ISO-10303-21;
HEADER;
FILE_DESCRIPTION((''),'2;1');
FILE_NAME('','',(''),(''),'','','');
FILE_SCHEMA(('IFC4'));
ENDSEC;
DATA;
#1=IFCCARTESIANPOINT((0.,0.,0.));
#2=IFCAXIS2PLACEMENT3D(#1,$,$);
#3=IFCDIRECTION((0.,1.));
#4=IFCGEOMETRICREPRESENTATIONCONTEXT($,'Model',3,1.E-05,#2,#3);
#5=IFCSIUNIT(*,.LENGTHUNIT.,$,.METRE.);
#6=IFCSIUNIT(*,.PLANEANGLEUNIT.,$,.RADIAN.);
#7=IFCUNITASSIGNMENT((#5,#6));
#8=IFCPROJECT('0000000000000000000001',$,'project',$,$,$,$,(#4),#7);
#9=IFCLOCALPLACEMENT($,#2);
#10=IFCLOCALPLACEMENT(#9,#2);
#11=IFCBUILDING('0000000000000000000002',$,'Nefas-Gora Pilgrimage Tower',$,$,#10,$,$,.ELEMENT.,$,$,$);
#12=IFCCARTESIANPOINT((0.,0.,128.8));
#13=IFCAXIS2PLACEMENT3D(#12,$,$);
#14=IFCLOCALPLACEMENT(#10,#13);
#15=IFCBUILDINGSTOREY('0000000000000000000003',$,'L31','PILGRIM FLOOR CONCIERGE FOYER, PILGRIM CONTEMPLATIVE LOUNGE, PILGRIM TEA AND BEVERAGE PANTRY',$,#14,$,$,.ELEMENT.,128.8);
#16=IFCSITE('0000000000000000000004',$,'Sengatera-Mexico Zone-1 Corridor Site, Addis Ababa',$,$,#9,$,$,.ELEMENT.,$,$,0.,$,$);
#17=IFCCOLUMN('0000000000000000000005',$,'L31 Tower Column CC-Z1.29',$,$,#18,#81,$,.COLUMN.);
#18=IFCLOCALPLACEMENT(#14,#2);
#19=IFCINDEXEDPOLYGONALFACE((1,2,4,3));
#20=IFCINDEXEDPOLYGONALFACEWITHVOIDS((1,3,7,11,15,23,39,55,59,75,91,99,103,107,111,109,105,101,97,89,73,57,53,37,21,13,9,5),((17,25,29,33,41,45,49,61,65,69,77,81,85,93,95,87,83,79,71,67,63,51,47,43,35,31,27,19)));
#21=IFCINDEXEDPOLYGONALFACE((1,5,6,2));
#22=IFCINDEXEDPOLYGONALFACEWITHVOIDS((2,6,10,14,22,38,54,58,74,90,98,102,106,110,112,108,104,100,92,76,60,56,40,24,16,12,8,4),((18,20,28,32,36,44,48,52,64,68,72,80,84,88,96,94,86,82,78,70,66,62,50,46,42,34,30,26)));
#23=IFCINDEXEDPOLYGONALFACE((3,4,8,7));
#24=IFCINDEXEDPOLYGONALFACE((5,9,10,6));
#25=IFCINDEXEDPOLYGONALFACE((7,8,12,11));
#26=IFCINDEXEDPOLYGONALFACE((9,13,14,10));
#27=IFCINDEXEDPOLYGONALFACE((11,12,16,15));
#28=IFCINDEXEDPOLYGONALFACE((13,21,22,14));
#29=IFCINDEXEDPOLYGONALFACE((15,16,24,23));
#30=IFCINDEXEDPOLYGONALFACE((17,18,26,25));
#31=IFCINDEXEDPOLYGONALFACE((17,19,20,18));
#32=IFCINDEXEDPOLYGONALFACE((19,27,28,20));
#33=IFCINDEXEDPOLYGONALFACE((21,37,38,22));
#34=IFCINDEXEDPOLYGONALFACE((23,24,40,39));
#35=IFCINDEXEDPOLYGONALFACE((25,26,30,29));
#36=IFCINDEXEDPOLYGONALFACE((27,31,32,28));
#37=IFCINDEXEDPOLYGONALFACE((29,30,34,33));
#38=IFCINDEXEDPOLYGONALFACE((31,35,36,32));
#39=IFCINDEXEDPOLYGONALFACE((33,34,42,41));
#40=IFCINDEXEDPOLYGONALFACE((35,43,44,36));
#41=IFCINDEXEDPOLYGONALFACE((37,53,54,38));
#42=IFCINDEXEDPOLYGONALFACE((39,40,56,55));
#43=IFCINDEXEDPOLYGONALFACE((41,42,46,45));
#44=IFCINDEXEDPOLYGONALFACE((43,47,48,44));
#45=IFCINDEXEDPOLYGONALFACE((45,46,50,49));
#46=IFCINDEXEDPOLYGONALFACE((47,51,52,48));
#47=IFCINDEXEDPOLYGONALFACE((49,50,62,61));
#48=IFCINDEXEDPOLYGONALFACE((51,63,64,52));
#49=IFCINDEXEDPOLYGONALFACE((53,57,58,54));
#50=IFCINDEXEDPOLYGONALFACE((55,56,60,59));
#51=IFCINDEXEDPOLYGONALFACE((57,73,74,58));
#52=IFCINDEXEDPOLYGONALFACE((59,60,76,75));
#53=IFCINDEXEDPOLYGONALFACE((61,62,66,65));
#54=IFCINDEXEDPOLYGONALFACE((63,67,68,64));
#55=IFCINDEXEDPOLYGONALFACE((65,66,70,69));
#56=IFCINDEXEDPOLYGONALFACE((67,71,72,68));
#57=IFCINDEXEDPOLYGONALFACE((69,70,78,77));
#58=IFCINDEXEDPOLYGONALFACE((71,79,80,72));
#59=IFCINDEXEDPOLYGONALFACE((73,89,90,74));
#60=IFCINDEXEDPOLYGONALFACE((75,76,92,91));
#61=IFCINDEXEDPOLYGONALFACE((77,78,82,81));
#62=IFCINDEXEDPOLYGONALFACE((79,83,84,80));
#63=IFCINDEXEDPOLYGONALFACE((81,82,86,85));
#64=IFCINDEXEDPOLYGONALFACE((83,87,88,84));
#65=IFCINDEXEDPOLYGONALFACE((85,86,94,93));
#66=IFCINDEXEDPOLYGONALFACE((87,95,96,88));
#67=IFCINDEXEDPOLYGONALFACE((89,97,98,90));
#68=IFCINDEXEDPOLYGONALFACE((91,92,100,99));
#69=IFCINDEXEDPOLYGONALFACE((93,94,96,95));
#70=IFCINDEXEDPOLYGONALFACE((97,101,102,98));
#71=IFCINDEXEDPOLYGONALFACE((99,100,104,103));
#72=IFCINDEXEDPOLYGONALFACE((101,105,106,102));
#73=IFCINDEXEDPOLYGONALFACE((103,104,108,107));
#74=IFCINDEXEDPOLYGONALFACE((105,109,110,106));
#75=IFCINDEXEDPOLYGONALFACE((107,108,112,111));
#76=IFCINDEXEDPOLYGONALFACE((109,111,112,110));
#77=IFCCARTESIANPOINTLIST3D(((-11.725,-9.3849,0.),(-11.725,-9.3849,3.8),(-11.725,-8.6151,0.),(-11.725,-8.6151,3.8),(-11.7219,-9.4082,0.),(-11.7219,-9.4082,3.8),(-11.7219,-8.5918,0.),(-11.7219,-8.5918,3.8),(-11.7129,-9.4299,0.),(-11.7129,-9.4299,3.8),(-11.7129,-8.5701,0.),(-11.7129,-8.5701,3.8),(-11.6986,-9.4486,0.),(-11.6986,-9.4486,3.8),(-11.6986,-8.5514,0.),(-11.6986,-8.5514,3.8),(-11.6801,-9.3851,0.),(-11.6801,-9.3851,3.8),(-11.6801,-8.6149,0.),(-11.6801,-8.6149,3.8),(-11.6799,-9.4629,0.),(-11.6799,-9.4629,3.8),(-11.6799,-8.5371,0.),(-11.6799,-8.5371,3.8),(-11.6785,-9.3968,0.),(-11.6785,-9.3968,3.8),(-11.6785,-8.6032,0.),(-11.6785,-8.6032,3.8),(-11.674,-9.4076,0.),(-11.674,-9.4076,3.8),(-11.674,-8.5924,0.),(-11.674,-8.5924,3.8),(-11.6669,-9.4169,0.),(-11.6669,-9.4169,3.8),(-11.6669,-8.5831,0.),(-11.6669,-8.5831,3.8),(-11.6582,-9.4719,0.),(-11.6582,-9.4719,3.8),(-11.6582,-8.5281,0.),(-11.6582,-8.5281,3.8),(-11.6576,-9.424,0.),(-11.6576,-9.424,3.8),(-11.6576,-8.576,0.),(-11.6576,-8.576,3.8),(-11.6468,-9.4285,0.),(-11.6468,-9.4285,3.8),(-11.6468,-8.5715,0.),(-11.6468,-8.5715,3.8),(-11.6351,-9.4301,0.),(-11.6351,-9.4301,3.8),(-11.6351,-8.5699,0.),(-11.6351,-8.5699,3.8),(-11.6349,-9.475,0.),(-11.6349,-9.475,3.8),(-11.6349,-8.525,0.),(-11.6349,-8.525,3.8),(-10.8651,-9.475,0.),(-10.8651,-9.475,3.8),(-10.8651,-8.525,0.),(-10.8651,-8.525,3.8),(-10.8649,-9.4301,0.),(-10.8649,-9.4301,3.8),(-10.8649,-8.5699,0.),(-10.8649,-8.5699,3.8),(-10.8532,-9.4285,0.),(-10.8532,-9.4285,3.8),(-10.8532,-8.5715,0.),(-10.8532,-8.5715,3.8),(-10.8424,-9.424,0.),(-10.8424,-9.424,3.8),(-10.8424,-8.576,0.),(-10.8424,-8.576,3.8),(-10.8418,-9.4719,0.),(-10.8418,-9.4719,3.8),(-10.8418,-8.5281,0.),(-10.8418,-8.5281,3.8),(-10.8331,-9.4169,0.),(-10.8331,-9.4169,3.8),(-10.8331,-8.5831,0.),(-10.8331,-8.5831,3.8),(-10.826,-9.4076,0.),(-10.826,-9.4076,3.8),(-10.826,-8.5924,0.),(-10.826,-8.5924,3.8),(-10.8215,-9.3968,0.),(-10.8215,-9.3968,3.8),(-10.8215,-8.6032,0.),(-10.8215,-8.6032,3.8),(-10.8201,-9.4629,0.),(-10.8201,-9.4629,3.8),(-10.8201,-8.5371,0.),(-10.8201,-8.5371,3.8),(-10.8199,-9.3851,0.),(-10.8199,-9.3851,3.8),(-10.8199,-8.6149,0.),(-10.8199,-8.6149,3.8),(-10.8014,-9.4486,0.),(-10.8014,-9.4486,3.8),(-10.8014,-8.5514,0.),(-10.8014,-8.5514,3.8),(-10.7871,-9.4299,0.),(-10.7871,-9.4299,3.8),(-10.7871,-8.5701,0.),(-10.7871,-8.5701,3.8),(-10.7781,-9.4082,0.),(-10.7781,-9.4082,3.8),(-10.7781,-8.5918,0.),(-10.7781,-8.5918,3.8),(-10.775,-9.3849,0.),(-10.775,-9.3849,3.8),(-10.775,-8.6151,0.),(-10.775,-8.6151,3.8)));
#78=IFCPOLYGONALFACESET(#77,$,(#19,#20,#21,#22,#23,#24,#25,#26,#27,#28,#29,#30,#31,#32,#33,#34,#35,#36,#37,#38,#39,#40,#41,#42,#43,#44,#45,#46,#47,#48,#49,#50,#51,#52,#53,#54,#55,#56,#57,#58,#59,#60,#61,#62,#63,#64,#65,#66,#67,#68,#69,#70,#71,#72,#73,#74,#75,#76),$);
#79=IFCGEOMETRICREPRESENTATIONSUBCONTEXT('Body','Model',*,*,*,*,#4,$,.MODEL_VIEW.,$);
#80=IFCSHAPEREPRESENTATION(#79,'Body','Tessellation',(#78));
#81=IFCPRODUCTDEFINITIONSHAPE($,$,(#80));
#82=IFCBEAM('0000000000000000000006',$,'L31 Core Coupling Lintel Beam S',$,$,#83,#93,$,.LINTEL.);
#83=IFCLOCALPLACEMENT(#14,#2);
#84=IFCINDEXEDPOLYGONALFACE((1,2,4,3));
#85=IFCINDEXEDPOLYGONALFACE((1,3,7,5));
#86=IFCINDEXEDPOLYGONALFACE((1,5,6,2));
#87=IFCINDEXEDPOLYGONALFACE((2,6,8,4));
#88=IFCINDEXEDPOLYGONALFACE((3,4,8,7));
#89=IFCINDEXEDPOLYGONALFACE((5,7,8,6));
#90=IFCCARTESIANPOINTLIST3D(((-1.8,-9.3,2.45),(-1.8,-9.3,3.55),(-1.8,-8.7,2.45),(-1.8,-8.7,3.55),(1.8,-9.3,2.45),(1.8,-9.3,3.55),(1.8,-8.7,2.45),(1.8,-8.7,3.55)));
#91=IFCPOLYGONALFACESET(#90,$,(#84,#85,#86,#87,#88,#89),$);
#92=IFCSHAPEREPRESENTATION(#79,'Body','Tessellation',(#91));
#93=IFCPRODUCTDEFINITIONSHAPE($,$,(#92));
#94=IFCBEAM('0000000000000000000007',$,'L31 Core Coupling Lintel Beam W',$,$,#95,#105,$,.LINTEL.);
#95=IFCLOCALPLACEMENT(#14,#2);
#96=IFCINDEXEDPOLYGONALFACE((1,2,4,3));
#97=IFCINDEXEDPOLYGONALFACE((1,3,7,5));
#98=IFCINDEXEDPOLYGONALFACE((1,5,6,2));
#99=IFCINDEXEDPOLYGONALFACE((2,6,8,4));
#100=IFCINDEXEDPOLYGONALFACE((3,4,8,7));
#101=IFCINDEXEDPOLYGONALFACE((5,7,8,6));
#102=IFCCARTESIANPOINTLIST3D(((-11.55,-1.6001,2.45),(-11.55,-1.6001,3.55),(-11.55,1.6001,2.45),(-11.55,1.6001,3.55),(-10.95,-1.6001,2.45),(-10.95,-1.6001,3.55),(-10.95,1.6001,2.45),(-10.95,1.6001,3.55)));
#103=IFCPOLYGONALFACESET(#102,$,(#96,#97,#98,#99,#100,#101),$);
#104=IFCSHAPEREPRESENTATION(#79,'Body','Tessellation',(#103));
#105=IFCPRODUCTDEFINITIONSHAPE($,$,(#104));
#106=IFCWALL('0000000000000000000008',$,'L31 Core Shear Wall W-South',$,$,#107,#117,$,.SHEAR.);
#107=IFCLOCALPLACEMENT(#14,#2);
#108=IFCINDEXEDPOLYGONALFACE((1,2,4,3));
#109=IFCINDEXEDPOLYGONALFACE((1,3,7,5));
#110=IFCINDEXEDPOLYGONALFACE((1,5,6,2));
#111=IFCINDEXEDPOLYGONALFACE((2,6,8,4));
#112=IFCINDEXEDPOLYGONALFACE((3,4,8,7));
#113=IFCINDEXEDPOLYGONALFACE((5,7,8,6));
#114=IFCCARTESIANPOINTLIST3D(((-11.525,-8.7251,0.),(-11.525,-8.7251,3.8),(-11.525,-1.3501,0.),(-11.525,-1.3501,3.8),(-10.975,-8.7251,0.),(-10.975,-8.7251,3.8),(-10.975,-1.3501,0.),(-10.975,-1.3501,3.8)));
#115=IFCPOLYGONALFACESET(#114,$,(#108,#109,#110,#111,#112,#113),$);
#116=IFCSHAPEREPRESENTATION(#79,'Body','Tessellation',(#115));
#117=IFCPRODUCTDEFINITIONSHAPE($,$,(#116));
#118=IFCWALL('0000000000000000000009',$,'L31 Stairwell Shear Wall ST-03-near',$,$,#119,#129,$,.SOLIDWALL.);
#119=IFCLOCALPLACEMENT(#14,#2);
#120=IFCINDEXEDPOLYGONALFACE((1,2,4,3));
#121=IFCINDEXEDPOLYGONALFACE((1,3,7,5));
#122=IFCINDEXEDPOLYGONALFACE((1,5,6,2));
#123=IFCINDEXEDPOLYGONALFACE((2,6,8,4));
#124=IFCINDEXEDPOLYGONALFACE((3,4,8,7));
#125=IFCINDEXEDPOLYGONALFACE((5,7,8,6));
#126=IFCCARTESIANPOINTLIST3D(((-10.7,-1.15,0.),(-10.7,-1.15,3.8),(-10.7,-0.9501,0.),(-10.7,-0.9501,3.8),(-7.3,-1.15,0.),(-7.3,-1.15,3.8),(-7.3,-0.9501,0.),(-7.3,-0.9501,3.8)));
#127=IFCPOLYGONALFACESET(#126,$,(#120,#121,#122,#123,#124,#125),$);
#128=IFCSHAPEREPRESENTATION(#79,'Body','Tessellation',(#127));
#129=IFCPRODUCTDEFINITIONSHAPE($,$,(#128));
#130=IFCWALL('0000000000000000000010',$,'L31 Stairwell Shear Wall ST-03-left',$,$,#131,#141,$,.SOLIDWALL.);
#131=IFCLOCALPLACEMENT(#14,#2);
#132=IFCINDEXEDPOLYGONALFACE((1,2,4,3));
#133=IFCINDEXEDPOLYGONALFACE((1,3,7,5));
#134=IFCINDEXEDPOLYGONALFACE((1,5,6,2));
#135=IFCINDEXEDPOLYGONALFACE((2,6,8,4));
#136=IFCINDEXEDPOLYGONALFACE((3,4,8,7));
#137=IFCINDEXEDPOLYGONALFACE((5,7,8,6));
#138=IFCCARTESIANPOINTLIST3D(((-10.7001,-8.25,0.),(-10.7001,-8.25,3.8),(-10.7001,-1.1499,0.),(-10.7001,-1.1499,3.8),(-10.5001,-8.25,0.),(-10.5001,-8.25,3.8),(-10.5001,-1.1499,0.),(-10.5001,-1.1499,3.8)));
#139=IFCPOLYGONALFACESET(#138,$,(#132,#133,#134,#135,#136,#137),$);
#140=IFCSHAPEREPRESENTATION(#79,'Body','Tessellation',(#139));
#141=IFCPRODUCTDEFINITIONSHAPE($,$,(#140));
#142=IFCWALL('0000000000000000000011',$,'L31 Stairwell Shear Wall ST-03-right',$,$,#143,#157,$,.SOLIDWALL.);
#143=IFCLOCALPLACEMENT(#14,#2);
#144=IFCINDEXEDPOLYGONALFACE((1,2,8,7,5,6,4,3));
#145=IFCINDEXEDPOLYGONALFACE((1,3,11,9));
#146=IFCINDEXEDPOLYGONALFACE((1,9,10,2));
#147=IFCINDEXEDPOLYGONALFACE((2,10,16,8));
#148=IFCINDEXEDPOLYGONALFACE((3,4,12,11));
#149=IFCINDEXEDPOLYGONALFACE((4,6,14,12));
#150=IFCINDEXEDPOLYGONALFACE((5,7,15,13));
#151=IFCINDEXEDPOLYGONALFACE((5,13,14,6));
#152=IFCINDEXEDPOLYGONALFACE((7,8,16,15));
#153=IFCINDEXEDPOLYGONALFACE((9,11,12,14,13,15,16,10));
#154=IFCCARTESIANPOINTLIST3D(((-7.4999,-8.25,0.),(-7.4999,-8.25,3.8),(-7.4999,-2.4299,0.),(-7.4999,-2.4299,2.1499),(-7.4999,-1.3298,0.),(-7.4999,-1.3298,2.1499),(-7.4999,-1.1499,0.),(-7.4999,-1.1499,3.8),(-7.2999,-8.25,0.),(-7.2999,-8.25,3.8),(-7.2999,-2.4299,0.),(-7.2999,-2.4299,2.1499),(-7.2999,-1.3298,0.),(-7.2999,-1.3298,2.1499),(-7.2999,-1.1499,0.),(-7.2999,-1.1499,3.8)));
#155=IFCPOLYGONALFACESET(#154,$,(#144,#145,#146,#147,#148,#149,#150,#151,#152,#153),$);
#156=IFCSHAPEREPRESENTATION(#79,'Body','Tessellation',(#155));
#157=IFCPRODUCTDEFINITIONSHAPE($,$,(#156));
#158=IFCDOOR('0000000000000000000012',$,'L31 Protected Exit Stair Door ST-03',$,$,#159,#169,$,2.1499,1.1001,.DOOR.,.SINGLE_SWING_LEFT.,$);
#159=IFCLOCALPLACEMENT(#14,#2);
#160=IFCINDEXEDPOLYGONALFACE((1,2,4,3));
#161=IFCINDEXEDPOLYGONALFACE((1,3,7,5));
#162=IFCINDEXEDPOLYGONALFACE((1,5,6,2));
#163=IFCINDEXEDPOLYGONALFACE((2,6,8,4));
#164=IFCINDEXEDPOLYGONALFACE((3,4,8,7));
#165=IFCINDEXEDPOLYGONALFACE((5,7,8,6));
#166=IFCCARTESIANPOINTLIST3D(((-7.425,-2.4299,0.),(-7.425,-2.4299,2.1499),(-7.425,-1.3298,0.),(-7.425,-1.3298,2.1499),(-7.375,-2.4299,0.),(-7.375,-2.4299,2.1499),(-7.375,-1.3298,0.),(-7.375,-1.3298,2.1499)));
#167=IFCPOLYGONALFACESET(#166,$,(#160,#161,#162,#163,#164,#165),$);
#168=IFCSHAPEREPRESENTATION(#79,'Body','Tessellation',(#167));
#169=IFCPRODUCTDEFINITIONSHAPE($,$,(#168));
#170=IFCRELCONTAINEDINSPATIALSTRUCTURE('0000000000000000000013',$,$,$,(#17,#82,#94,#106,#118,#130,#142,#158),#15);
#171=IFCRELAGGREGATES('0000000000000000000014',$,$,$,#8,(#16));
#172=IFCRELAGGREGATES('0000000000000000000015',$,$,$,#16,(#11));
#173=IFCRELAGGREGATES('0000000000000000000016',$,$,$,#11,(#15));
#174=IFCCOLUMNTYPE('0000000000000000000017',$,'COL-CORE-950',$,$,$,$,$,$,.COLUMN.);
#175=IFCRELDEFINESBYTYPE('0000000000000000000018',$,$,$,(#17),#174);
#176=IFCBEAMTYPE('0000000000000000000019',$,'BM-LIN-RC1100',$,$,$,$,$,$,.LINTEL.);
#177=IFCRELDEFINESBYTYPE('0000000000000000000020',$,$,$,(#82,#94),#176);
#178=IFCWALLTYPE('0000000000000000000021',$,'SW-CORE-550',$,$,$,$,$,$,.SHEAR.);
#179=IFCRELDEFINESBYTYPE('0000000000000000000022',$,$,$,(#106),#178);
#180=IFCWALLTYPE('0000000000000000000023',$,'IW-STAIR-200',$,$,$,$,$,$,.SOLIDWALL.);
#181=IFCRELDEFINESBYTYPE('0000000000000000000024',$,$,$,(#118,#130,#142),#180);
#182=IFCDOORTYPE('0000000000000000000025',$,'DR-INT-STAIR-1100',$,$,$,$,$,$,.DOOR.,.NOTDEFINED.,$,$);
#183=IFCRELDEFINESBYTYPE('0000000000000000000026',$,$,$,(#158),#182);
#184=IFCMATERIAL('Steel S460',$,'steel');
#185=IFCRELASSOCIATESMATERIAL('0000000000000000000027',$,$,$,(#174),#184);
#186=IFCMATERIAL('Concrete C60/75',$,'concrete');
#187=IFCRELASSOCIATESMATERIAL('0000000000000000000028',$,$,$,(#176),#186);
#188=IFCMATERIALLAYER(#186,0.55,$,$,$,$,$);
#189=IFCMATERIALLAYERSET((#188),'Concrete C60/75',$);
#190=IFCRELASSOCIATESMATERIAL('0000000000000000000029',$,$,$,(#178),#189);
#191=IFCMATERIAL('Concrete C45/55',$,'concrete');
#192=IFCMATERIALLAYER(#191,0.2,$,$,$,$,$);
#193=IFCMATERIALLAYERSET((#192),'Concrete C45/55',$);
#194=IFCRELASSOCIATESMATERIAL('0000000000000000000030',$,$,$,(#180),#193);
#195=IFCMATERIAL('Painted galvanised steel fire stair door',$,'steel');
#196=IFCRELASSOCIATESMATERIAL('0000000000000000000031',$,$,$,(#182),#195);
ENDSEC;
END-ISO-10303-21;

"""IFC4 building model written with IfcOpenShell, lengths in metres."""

from ifc_helpers import new_model, si_unit, direction, frame, frame_2d, origin, origin_2d, place, context, subcontext, project, spatial, rectangle, hollow_rectangle, extrude, source, transform, mapped, material, layer, layer_set, material_profile, profile_set, type_object, element, fill, save


model = new_model("IFC4")

# Units and contexts
model_context = context("Model", 3, precision=1e-05, world=origin(), true_north=direction((0.0, 1.0)))
body_context = subcontext(model_context, "Body", "Model", "MODEL_VIEW")
ifc_project = project(units=[si_unit("LENGTHUNIT", "METRE"), si_unit("PLANEANGLEUNIT", "RADIAN")], contexts=[model_context])

# Site, building, storey
site_placement = place(None, origin())
site = spatial("IfcSite", under=ifc_project, at=site_placement, Name="Sengatera-Mexico Zone-1 Corridor Site, Addis Ababa", CompositionType="ELEMENT", RefElevation=0.0)
building_placement = place(site_placement, origin())
building = spatial("IfcBuilding", under=site, at=building_placement, Name="Nefas-Gora Pilgrimage Tower", CompositionType="ELEMENT")
storey_placement = place(building_placement, frame((0.0, 0.0, 128.8)))
storey = spatial("IfcBuildingStorey", under=building, at=storey_placement, Name="L31", Description="PILGRIM FLOOR CONCIERGE FOYER, PILGRIM CONTEMPLATIVE LOUNGE, PILGRIM TEA AND BEVERAGE PANTRY", CompositionType="ELEMENT", Elevation=128.8)

# Column
ifc_material_1 = material(Name="Steel S460", Category="steel")
ifc_material_profile_1 = material_profile(ifc_material_1, hollow_rectangle(XDim=0.95, YDim=0.95, WallThickness=0.0449, InnerFilletRadius=0.0449, OuterFilletRadius=0.0901, at=origin_2d()), Name="BOX 950x950x45")
ifc_profile_set_1 = profile_set([ifc_material_profile_1], Name="Steel S460")
column_type = type_object("IfcColumnType", Name="COL-CORE-950", PredefinedType="COLUMN", material=ifc_profile_set_1)
shared_shape_1 = source(origin(), body_context, "Body", "SweptSolid", [
    extrude(hollow_rectangle(XDim=0.95, YDim=0.95, WallThickness=0.0449, InnerFilletRadius=0.0449, OuterFilletRadius=0.0901, at=origin_2d()), origin(), (0.0, 0.0, 1.0), 3.8),
])
column_placement = place(storey_placement, frame((-11.25, -9.0, 0.0), z_axis=(0.0, 0.0, 1.0), x_axis=(1.0, 0.0, 0.0)))
element("IfcColumn", 1, at=column_placement, inside=storey, type_object=column_type, Name="L31 Tower Column CC-Z1.29", PredefinedType="COLUMN", context=body_context, shape_type="MappedRepresentation", body=[
    mapped(shared_shape_1, transform((0.0, 0.0, 0.0), x_axis=(1.0, 0.0, 0.0), y_axis=(0.0, 1.0, 0.0), z_axis=(0.0, 0.0, 1.0), scale=1.0)),
])

# Beams
ifc_material_2 = material(Name="Concrete C60/75", Category="concrete")
ifc_material_profile_2 = material_profile(ifc_material_2, rectangle(XDim=0.6001, YDim=1.1001, at=origin_2d()), Name="RC 600x1100")
ifc_profile_set_2 = profile_set([ifc_material_profile_2], Name="Concrete C60/75")
beam_type = type_object("IfcBeamType", Name="BM-LIN-RC1100", PredefinedType="LINTEL", material=ifc_profile_set_2)
shared_shape_2 = source(origin(), body_context, "Body", "SweptSolid", [
    extrude(rectangle(XDim=0.6001, YDim=1.1001, at=origin_2d()), origin(), (0.0, 0.0, 1.0), 3.6001),
])
beam_1_placement = place(storey_placement, frame((-1.8, -9.0, 3.0), z_axis=(1.0, 0.0, 0.0), x_axis=(0.0, 1.0, 0.0)))
element("IfcBeam", 2, at=beam_1_placement, inside=storey, type_object=beam_type, Name="L31 Core Coupling Lintel Beam S", PredefinedType="LINTEL", context=body_context, shape_type="MappedRepresentation", body=[
    mapped(shared_shape_2, transform((0.0, 0.0, 0.0), x_axis=(1.0, 0.0, 0.0), y_axis=(0.0, 1.0, 0.0), z_axis=(0.0, 0.0, 1.0), scale=1.0)),
])
shared_shape_3 = source(origin(), body_context, "Body", "SweptSolid", [
    extrude(rectangle(XDim=0.6001, YDim=1.1001, at=origin_2d()), origin(), (0.0, 0.0, 1.0), 3.2002),
])
beam_2_placement = place(storey_placement, frame((-11.25, -1.6001, 3.0), z_axis=(0.0, 1.0, 0.0), x_axis=(-1.0, 0.0, 0.0)))
element("IfcBeam", 3, at=beam_2_placement, inside=storey, type_object=beam_type, Name="L31 Core Coupling Lintel Beam W", PredefinedType="LINTEL", context=body_context, shape_type="MappedRepresentation", body=[
    mapped(shared_shape_3, transform((0.0, 0.0, 0.0), x_axis=(1.0, 0.0, 0.0), y_axis=(0.0, 1.0, 0.0), z_axis=(0.0, 0.0, 1.0), scale=1.0)),
])

# Walls
ifc_layer_1 = layer(ifc_material_2, 0.55)
ifc_layer_set_1 = layer_set([ifc_layer_1], Name="Concrete C60/75")
wall_type_1 = type_object("IfcWallType", Name="SW-CORE-550", PredefinedType="SHEAR", material=ifc_layer_set_1)
shared_shape_4 = source(origin(), body_context, "Body", "SweptSolid", [
    extrude(rectangle(XDim=7.375, YDim=0.55, at=frame_2d((3.6875, 0.0))), origin(), (0.0, 0.0, 1.0), 3.8),
])
wall_1_placement = place(storey_placement, frame((-11.25, -8.7251, 0.0), z_axis=(0.0, 0.0, 1.0), x_axis=(0.0, 1.0, 0.0)))
element("IfcWall", 4, at=wall_1_placement, inside=storey, type_object=wall_type_1, Name="L31 Core Shear Wall W-South", PredefinedType="SHEAR", context=body_context, shape_type="MappedRepresentation", body=[
    mapped(shared_shape_4, transform((0.0, 0.0, 0.0), x_axis=(1.0, 0.0, 0.0), y_axis=(0.0, 1.0, 0.0), z_axis=(0.0, 0.0, 1.0), scale=1.0)),
])
ifc_material_3 = material(Name="Concrete C45/55", Category="concrete")
ifc_layer_2 = layer(ifc_material_3, 0.2)
ifc_layer_set_2 = layer_set([ifc_layer_2], Name="Concrete C45/55")
wall_type_2 = type_object("IfcWallType", Name="IW-STAIR-200", PredefinedType="SOLIDWALL", material=ifc_layer_set_2)
shared_shape_5 = source(origin(), body_context, "Body", "SweptSolid", [
    extrude(rectangle(XDim=3.3999, YDim=0.2, at=frame_2d((1.7, 0.0))), origin(), (0.0, 0.0, 1.0), 3.8),
])
wall_2_placement = place(storey_placement, frame((-10.7, -1.05, 0.0), z_axis=(0.0, 0.0, 1.0), x_axis=(1.0, 0.0, 0.0)))
element("IfcWall", 5, at=wall_2_placement, inside=storey, type_object=wall_type_2, Name="L31 Stairwell Shear Wall ST-03-near", PredefinedType="SOLIDWALL", context=body_context, shape_type="MappedRepresentation", body=[
    mapped(shared_shape_5, transform((0.0, 0.0, 0.0), x_axis=(1.0, 0.0, 0.0), y_axis=(0.0, 1.0, 0.0), z_axis=(0.0, 0.0, 1.0), scale=1.0)),
])
shared_shape_6 = source(origin(), body_context, "Body", "SweptSolid", [
    extrude(rectangle(XDim=7.1001, YDim=0.2, at=frame_2d((3.55, 0.0))), origin(), (0.0, 0.0, 1.0), 3.8),
])
wall_3_placement = place(storey_placement, frame((-10.6001, -1.1499, 0.0), z_axis=(0.0, 0.0, 1.0), x_axis=(0.0, -1.0, 0.0)))
element("IfcWall", 6, at=wall_3_placement, inside=storey, type_object=wall_type_2, Name="L31 Stairwell Shear Wall ST-03-left", PredefinedType="SOLIDWALL", context=body_context, shape_type="MappedRepresentation", body=[
    mapped(shared_shape_6, transform((0.0, 0.0, 0.0), x_axis=(1.0, 0.0, 0.0), y_axis=(0.0, 1.0, 0.0), z_axis=(0.0, 0.0, 1.0), scale=1.0)),
])

# Wall, opening, door
wall_4_placement = place(storey_placement, frame((-7.3999, -1.1499, 0.0), z_axis=(0.0, 0.0, 1.0), x_axis=(0.0, -1.0, 0.0)))
wall_4 = element("IfcWall", 7, at=wall_4_placement, inside=storey, type_object=wall_type_2, Name="L31 Stairwell Shear Wall ST-03-right", PredefinedType="SOLIDWALL", context=body_context, shape_type="MappedRepresentation", body=[
    mapped(shared_shape_6, transform((0.0, 0.0, 0.0), x_axis=(1.0, 0.0, 0.0), y_axis=(0.0, 1.0, 0.0), z_axis=(0.0, 0.0, 1.0), scale=1.0)),
])
opening_1_placement = place(wall_4_placement, frame((0.1799, 0.0, 0.0)))
opening_1 = element("IfcOpeningElement", 8, at=opening_1_placement, cuts=wall_4, PredefinedType="OPENING", context=body_context, shape_type="SweptSolid", body=[
    extrude(rectangle(XDim=1.1001, YDim=2.1499, at=frame_2d((0.55, 1.075))), frame((0.0, 0.1099, 0.0), z_axis=(0.0, -1.0, 0.0), x_axis=(1.0, 0.0, 0.0)), (0.0, 0.0, 1.0), 0.22),
])
ifc_material_4 = material(Name="Painted galvanised steel fire stair door", Category="steel")
door_type_1 = type_object("IfcDoorType", Name="DR-INT-STAIR-1100", OperationType="NOTDEFINED", PredefinedType="DOOR", material=ifc_material_4)
shared_shape_7 = source(origin(), body_context, "Body", "SweptSolid", [
    extrude(rectangle(XDim=1.1001, YDim=2.1499, at=frame_2d((0.55, 1.075))), frame((0.0, 0.0249, 0.0), z_axis=(0.0, -1.0, 0.0), x_axis=(1.0, 0.0, 0.0)), (0.0, 0.0, 1.0), 0.05),
])
door_1_placement = place(opening_1_placement, origin())
door_1 = element("IfcDoor", 9, at=door_1_placement, inside=storey, type_object=door_type_1, Name="L31 Protected Exit Stair Door ST-03", OperationType="SINGLE_SWING_LEFT", OverallHeight=2.1499, OverallWidth=1.1001, PredefinedType="DOOR", context=body_context, shape_type="MappedRepresentation", body=[
    mapped(shared_shape_7, transform((0.0, 0.0, 0.0), x_axis=(1.0, 0.0, 0.0), y_axis=(0.0, 1.0, 0.0), z_axis=(0.0, 0.0, 1.0), scale=1.0)),
])
fill(opening_1, door_1)

save(model, "model.ifc")
